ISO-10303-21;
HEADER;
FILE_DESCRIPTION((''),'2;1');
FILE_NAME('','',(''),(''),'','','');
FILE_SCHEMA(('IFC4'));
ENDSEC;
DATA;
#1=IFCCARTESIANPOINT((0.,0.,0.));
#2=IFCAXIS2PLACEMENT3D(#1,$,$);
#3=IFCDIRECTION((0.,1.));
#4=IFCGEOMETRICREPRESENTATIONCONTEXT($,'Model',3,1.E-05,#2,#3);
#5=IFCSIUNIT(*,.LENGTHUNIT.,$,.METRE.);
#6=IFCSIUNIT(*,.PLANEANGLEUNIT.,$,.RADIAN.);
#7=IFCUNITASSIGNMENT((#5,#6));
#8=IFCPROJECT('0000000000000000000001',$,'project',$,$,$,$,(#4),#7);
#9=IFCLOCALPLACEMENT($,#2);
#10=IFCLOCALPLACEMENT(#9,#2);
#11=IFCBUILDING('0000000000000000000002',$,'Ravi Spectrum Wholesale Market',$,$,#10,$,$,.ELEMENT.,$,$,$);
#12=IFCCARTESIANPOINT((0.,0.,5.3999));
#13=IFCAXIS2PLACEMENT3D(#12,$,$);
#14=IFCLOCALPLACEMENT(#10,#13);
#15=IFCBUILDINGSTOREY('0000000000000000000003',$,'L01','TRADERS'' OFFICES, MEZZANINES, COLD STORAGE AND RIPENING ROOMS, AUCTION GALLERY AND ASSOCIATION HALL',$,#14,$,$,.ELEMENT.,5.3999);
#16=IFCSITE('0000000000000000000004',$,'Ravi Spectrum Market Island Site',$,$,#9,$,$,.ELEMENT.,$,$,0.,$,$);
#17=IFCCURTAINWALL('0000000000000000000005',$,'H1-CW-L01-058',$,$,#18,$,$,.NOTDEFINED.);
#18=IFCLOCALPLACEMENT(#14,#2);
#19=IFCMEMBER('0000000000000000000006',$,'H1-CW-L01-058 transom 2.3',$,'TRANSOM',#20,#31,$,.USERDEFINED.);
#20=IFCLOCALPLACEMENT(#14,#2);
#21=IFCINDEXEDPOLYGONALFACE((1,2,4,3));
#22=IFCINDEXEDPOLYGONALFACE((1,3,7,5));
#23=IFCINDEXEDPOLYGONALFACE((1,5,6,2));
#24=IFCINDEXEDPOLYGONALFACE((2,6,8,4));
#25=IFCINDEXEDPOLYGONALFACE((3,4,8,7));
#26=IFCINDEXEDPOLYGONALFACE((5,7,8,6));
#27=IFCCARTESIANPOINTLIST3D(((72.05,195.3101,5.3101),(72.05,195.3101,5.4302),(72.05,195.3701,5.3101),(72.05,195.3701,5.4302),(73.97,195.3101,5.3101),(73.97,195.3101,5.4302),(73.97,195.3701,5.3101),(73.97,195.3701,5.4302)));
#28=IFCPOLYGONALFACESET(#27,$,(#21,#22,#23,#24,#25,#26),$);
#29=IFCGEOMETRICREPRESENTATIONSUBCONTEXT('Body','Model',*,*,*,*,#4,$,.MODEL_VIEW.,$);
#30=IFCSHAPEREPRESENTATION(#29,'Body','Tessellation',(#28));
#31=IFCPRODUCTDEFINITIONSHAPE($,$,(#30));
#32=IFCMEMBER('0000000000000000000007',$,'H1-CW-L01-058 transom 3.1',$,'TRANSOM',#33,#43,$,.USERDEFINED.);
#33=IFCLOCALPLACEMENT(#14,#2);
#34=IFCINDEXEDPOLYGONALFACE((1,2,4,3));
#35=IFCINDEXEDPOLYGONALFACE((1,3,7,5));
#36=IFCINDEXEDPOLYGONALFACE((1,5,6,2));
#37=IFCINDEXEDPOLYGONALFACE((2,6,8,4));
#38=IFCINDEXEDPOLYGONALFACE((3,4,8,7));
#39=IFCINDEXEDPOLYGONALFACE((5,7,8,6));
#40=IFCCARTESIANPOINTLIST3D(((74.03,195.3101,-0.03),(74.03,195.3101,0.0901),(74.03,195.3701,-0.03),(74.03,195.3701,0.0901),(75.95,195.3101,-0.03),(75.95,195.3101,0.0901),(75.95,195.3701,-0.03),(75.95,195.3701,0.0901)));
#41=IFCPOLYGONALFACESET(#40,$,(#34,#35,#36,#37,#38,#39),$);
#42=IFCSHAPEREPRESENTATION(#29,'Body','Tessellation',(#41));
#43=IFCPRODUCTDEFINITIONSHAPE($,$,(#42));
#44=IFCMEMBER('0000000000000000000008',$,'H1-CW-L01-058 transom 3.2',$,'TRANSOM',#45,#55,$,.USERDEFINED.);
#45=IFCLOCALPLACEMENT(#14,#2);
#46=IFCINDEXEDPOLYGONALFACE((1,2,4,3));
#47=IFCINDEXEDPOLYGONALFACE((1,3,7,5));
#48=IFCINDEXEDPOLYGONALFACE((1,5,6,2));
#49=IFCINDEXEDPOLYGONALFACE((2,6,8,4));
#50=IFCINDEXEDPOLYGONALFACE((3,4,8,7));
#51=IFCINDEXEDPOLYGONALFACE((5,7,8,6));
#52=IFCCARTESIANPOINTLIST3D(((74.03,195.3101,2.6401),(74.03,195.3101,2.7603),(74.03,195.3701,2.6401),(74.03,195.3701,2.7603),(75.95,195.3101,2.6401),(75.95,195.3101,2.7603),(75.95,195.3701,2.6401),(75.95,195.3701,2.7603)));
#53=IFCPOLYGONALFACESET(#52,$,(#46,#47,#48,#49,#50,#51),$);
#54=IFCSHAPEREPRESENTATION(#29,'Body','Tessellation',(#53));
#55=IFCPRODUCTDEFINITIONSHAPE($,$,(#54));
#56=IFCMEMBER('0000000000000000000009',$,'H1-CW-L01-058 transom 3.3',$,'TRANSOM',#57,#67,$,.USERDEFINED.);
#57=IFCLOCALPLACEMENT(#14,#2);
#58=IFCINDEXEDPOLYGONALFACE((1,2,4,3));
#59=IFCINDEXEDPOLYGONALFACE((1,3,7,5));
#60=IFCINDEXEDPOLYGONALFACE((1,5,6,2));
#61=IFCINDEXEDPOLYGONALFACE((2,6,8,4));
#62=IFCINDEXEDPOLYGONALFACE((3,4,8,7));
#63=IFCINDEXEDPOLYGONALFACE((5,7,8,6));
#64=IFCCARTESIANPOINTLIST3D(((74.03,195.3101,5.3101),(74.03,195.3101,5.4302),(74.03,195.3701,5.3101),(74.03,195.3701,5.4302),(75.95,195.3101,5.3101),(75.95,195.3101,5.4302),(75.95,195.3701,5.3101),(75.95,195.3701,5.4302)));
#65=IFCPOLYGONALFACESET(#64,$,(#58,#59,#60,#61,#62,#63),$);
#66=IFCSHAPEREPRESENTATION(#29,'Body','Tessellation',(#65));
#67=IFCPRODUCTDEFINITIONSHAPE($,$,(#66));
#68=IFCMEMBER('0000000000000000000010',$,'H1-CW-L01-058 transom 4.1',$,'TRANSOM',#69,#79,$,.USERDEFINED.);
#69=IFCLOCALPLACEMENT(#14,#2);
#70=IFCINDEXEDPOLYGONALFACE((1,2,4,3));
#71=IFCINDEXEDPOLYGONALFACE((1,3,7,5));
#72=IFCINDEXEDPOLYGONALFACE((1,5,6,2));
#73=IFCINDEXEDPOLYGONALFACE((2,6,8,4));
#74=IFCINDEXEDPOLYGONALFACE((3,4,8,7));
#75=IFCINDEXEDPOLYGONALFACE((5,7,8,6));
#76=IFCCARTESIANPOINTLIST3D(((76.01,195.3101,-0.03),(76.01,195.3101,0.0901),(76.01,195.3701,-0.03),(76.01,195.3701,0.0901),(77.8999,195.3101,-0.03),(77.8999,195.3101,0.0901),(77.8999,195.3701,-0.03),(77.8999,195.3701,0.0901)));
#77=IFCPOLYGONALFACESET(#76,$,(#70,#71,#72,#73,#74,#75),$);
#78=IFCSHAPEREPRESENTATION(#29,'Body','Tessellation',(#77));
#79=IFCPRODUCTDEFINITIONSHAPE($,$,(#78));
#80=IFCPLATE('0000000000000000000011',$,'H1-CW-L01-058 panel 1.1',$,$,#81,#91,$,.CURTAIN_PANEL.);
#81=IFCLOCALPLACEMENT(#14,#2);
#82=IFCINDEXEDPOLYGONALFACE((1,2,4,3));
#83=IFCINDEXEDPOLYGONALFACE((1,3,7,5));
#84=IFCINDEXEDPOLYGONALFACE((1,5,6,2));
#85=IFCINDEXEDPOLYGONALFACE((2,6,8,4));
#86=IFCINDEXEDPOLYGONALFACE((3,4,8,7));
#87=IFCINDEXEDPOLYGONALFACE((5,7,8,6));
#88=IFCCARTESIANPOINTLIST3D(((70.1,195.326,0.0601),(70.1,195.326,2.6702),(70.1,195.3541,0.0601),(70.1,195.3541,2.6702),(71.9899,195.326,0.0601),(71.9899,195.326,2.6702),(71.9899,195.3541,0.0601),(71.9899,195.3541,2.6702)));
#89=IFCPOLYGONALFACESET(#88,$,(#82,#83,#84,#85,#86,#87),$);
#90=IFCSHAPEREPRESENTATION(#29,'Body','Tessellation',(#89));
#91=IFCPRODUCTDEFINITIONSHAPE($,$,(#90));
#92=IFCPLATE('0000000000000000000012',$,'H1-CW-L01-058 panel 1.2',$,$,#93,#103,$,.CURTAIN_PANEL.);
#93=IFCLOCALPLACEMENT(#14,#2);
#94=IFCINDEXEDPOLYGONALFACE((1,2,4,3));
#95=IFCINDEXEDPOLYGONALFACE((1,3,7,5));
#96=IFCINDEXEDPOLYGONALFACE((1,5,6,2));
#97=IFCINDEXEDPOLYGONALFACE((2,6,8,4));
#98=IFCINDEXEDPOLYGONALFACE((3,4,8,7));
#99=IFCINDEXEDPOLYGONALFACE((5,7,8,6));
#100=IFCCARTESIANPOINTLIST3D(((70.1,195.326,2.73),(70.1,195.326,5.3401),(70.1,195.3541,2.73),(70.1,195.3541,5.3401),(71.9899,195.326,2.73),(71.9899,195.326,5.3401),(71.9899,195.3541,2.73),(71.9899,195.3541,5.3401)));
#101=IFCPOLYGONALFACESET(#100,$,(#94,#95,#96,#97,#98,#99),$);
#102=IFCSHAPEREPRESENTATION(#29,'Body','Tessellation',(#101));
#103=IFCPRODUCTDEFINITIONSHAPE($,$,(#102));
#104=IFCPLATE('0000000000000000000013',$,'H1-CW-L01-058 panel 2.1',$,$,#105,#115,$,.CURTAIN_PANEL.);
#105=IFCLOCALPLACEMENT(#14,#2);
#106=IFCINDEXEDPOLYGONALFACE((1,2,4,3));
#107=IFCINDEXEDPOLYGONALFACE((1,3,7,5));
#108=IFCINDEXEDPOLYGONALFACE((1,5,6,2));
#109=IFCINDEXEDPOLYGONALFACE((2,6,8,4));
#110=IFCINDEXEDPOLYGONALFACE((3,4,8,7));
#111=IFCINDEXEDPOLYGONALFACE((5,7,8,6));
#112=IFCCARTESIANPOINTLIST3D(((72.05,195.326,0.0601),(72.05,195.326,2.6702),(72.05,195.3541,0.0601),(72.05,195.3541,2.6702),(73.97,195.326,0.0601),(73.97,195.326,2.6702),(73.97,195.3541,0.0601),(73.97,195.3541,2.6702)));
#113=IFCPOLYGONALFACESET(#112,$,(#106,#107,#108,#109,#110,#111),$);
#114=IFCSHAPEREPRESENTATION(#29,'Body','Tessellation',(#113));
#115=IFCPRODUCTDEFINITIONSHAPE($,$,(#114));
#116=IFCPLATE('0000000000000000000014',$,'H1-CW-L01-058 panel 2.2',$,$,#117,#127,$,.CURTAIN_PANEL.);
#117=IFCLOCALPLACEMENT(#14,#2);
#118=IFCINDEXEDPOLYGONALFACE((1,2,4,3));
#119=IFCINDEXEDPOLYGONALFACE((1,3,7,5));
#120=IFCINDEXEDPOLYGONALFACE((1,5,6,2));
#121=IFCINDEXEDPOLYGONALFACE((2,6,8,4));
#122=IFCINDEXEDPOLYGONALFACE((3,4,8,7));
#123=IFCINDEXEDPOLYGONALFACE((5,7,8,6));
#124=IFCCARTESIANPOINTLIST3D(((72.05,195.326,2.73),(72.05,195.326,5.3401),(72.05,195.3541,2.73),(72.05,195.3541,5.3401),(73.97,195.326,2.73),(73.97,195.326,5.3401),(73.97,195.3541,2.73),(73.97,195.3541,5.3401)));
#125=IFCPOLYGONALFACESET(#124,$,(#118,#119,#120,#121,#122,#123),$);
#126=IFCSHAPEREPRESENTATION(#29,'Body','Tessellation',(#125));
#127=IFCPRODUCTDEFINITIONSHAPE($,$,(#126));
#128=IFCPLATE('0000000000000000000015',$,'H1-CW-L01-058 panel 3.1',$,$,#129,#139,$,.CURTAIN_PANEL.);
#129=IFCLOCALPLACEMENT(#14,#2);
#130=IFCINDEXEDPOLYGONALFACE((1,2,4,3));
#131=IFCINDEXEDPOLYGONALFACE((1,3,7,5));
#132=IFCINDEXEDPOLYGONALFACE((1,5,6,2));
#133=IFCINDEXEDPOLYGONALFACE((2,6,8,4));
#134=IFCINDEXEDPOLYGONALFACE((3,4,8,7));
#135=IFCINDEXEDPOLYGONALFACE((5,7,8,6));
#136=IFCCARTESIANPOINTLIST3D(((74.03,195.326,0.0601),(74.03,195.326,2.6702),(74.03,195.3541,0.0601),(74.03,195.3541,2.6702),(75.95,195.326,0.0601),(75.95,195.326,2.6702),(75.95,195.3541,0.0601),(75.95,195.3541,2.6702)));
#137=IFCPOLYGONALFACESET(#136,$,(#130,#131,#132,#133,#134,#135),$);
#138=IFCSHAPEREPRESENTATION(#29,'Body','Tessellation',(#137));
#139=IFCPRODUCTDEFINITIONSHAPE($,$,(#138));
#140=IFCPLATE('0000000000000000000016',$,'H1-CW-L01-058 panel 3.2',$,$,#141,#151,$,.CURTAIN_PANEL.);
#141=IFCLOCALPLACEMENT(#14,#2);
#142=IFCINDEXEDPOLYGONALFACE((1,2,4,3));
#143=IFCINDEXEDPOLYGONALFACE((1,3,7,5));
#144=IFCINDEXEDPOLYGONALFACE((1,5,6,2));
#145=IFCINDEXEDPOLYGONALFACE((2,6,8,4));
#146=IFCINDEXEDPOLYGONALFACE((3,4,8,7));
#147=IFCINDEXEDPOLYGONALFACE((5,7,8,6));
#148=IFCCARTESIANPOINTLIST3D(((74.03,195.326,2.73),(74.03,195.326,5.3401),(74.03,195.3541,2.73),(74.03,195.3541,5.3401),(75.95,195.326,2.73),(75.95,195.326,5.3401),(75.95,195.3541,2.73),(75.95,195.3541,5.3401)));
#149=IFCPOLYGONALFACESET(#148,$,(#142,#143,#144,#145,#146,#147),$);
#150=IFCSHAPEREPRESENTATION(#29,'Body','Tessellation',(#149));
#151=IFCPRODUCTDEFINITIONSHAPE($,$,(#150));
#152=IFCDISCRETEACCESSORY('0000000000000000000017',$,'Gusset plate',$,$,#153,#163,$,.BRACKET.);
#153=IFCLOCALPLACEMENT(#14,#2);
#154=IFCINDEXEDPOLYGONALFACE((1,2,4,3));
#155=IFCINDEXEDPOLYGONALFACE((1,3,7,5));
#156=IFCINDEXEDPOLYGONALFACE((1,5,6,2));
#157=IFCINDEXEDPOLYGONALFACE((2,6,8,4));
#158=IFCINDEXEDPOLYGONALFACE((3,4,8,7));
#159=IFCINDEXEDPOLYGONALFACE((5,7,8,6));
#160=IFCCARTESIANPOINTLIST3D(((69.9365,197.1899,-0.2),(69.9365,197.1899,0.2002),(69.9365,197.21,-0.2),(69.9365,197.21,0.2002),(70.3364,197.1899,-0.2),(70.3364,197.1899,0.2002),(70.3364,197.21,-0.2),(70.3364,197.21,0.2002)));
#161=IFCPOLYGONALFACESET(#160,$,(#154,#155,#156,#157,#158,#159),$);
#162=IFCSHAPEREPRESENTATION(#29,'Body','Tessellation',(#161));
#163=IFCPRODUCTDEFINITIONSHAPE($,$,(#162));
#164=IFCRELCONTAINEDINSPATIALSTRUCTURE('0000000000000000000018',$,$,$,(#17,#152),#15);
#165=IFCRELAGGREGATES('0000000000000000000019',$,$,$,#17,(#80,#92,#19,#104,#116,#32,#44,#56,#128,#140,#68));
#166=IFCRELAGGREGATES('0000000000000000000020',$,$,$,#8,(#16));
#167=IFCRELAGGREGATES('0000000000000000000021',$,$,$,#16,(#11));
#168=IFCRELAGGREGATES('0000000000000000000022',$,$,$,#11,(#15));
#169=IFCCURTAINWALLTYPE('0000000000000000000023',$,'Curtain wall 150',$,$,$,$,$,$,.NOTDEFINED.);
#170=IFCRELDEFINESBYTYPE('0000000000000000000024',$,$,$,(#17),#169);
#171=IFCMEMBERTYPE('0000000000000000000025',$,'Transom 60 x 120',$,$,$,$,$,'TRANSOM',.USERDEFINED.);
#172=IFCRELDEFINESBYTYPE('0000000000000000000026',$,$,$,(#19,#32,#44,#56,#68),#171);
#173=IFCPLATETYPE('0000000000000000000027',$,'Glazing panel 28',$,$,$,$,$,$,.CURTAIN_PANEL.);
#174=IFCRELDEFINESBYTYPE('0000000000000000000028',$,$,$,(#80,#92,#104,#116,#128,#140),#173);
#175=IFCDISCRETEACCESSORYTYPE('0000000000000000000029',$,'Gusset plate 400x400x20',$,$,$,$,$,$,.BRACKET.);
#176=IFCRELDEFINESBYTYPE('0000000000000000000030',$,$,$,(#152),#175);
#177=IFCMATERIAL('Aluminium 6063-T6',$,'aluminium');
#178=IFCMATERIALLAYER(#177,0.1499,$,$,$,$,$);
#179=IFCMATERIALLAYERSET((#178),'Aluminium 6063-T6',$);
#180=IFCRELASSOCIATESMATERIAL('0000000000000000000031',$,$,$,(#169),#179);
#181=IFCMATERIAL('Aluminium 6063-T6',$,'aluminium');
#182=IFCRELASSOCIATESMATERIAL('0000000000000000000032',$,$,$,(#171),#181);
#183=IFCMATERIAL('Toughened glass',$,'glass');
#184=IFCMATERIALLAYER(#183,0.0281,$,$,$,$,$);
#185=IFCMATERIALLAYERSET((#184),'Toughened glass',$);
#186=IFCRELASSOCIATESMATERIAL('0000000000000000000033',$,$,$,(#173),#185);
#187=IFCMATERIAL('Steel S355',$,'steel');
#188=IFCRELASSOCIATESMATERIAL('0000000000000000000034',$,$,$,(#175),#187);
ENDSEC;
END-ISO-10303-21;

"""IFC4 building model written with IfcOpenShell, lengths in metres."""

from ifc_helpers import new_model, si_unit, direction, frame, origin, origin_2d, place, context, subcontext, project, spatial, rectangle, extrude, material, layer, layer_set, material_profile, profile_set, type_object, element, aggregate, save


model = new_model("IFC4")

# Units and contexts
model_context = context("Model", 3, precision=1e-05, world=origin(), true_north=direction((0.0, 1.0)))
body_context = subcontext(model_context, "Body", "Model", "MODEL_VIEW")
ifc_project = project(units=[si_unit("LENGTHUNIT", "METRE"), si_unit("PLANEANGLEUNIT", "RADIAN")], contexts=[model_context])

# Site, building, storey
site_placement = place(None, origin())
site = spatial("IfcSite", under=ifc_project, at=site_placement, Name="Ravi Spectrum Market Island Site", CompositionType="ELEMENT", RefElevation=0.0)
building_placement = place(site_placement, origin())
building = spatial("IfcBuilding", under=site, at=building_placement, Name="Ravi Spectrum Wholesale Market", CompositionType="ELEMENT")
storey_placement = place(building_placement, frame((0.0, 0.0, 5.3999)))
storey = spatial("IfcBuildingStorey", under=building, at=storey_placement, Name="L01", Description="TRADERS' OFFICES, MEZZANINES, COLD STORAGE AND RIPENING ROOMS, AUCTION GALLERY AND ASSOCIATION HALL", CompositionType="ELEMENT", Elevation=5.3999)

# Curtain wall
ifc_material_1 = material(Name="Aluminium 6063-T6", Category="aluminium")
ifc_layer_1 = layer(ifc_material_1, 0.1499)
ifc_layer_set_1 = layer_set([ifc_layer_1], Name="Aluminium 6063-T6")
curtain_wall_type = type_object("IfcCurtainWallType", Name="Curtain wall 150", PredefinedType="NOTDEFINED", material=ifc_layer_set_1)
curtain_wall_placement = place(storey_placement, origin())
curtain_wall = element("IfcCurtainWall", 1, at=curtain_wall_placement, inside=storey, type_object=curtain_wall_type, Name="H1-CW-L01-058", PredefinedType="NOTDEFINED")

# Members
ifc_material_2 = material(Name="Aluminium 6063-T6", Category="aluminium")
ifc_material_profile_1 = material_profile(ifc_material_2, rectangle(XDim=0.0601, YDim=0.1201, at=origin_2d()))
ifc_profile_set_1 = profile_set([ifc_material_profile_1], Name="Aluminium 6063-T6")
member_type_1 = type_object("IfcMemberType", Name="Transom 60 x 120", ElementType="TRANSOM", PredefinedType="USERDEFINED", material=ifc_profile_set_1)
member_1_placement = place(storey_placement, frame((72.05, 195.3401, 5.3701), z_axis=(1.0, 0.0, 0.0), x_axis=(0.0, 1.0, 0.0)))
member_1 = element("IfcMember", 2, at=member_1_placement, type_object=member_type_1, Name="H1-CW-L01-058 transom 2.3", ObjectType="TRANSOM", PredefinedType="USERDEFINED", context=body_context, shape_type="SweptSolid", body=[
    extrude(rectangle(XDim=0.0601, YDim=0.1201, at=origin_2d()), origin(), (0.0, 0.0, 1.0), 1.9199),
])
member_2_placement = place(storey_placement, frame((74.03, 195.3401, 0.03), z_axis=(1.0, 0.0, 0.0), x_axis=(0.0, 1.0, 0.0)))
member_2 = element("IfcMember", 3, at=member_2_placement, type_object=member_type_1, Name="H1-CW-L01-058 transom 3.1", ObjectType="TRANSOM", PredefinedType="USERDEFINED", context=body_context, shape_type="SweptSolid", body=[
    extrude(rectangle(XDim=0.0601, YDim=0.1201, at=origin_2d()), origin(), (0.0, 0.0, 1.0), 1.9199),
])
member_3_placement = place(storey_placement, frame((74.03, 195.3401, 2.7002), z_axis=(1.0, 0.0, 0.0), x_axis=(0.0, 1.0, 0.0)))
member_3 = element("IfcMember", 4, at=member_3_placement, type_object=member_type_1, Name="H1-CW-L01-058 transom 3.2", ObjectType="TRANSOM", PredefinedType="USERDEFINED", context=body_context, shape_type="SweptSolid", body=[
    extrude(rectangle(XDim=0.0601, YDim=0.1201, at=origin_2d()), origin(), (0.0, 0.0, 1.0), 1.9199),
])
member_4_placement = place(storey_placement, frame((74.03, 195.3401, 5.3701), z_axis=(1.0, 0.0, 0.0), x_axis=(0.0, 1.0, 0.0)))
member_4 = element("IfcMember", 5, at=member_4_placement, type_object=member_type_1, Name="H1-CW-L01-058 transom 3.3", ObjectType="TRANSOM", PredefinedType="USERDEFINED", context=body_context, shape_type="SweptSolid", body=[
    extrude(rectangle(XDim=0.0601, YDim=0.1201, at=origin_2d()), origin(), (0.0, 0.0, 1.0), 1.9199),
])
member_5_placement = place(storey_placement, frame((76.01, 195.3401, 0.03), z_axis=(1.0, 0.0, 0.0), x_axis=(0.0, 1.0, 0.0)))
member_5 = element("IfcMember", 6, at=member_5_placement, type_object=member_type_1, Name="H1-CW-L01-058 transom 4.1", ObjectType="TRANSOM", PredefinedType="USERDEFINED", context=body_context, shape_type="SweptSolid", body=[
    extrude(rectangle(XDim=0.0601, YDim=0.1201, at=origin_2d()), origin(), (0.0, 0.0, 1.0), 1.8899),
])

# Plates
ifc_material_3 = material(Name="Toughened glass", Category="glass")
ifc_layer_2 = layer(ifc_material_3, 0.0281)
ifc_layer_set_2 = layer_set([ifc_layer_2], Name="Toughened glass")
plate_type = type_object("IfcPlateType", Name="Glazing panel 28", PredefinedType="CURTAIN_PANEL", material=ifc_layer_set_2)
plate_1_placement = place(storey_placement, frame((71.0449, 195.3401, 0.0601), z_axis=(0.0, 0.0, 1.0), x_axis=(1.0, 0.0, 0.0)))
plate_1 = element("IfcPlate", 7, at=plate_1_placement, type_object=plate_type, Name="H1-CW-L01-058 panel 1.1", PredefinedType="CURTAIN_PANEL", context=body_context, shape_type="SweptSolid", body=[
    extrude(rectangle(XDim=1.8899, YDim=0.0281, at=origin_2d()), origin(), (0.0, 0.0, 1.0), 2.6101),
])
plate_2_placement = place(storey_placement, frame((71.0449, 195.3401, 2.73), z_axis=(0.0, 0.0, 1.0), x_axis=(1.0, 0.0, 0.0)))
plate_2 = element("IfcPlate", 8, at=plate_2_placement, type_object=plate_type, Name="H1-CW-L01-058 panel 1.2", PredefinedType="CURTAIN_PANEL", context=body_context, shape_type="SweptSolid", body=[
    extrude(rectangle(XDim=1.8899, YDim=0.0281, at=origin_2d()), origin(), (0.0, 0.0, 1.0), 2.6101),
])
plate_3_placement = place(storey_placement, frame((73.01, 195.3401, 0.0601), z_axis=(0.0, 0.0, 1.0), x_axis=(1.0, 0.0, 0.0)))
plate_3 = element("IfcPlate", 9, at=plate_3_placement, type_object=plate_type, Name="H1-CW-L01-058 panel 2.1", PredefinedType="CURTAIN_PANEL", context=body_context, shape_type="SweptSolid", body=[
    extrude(rectangle(XDim=1.9199, YDim=0.0281, at=origin_2d()), origin(), (0.0, 0.0, 1.0), 2.6101),
])
plate_4_placement = place(storey_placement, frame((73.01, 195.3401, 2.73), z_axis=(0.0, 0.0, 1.0), x_axis=(1.0, 0.0, 0.0)))
plate_4 = element("IfcPlate", 10, at=plate_4_placement, type_object=plate_type, Name="H1-CW-L01-058 panel 2.2", PredefinedType="CURTAIN_PANEL", context=body_context, shape_type="SweptSolid", body=[
    extrude(rectangle(XDim=1.9199, YDim=0.0281, at=origin_2d()), origin(), (0.0, 0.0, 1.0), 2.6101),
])
plate_5_placement = place(storey_placement, frame((74.99, 195.3401, 0.0601), z_axis=(0.0, 0.0, 1.0), x_axis=(1.0, 0.0, 0.0)))
plate_5 = element("IfcPlate", 11, at=plate_5_placement, type_object=plate_type, Name="H1-CW-L01-058 panel 3.1", PredefinedType="CURTAIN_PANEL", context=body_context, shape_type="SweptSolid", body=[
    extrude(rectangle(XDim=1.9199, YDim=0.0281, at=origin_2d()), origin(), (0.0, 0.0, 1.0), 2.6101),
])
plate_6_placement = place(storey_placement, frame((74.99, 195.3401, 2.73), z_axis=(0.0, 0.0, 1.0), x_axis=(1.0, 0.0, 0.0)))
plate_6 = element("IfcPlate", 12, at=plate_6_placement, type_object=plate_type, Name="H1-CW-L01-058 panel 3.2", PredefinedType="CURTAIN_PANEL", context=body_context, shape_type="SweptSolid", body=[
    extrude(rectangle(XDim=1.9199, YDim=0.0281, at=origin_2d()), origin(), (0.0, 0.0, 1.0), 2.6101),
])
aggregate(curtain_wall, [plate_1, plate_2, member_1, plate_3, plate_4, member_2, member_3, member_4, plate_5, plate_6, member_5])

# Discrete accessory
ifc_material_4 = material(Name="Steel S355", Category="steel")
ifc_material_profile_2 = material_profile(ifc_material_4, rectangle(XDim=0.3999, YDim=0.02, at=origin_2d()))
ifc_profile_set_2 = profile_set([ifc_material_profile_2], Name="Steel S355")
discrete_accessory_type = type_object("IfcDiscreteAccessoryType", Name="Gusset plate 400x400x20", PredefinedType="BRACKET", material=ifc_profile_set_2)
discrete_accessory_placement = place(storey_placement, frame((70.1365, 197.2, -0.2), z_axis=(0.0, 0.0, 1.0), x_axis=(1.0, 0.0, 0.0)))
element("IfcDiscreteAccessory", 13, at=discrete_accessory_placement, inside=storey, type_object=discrete_accessory_type, Name="Gusset plate", PredefinedType="BRACKET", context=body_context, shape_type="SweptSolid", body=[
    extrude(rectangle(XDim=0.3999, YDim=0.02, at=origin_2d()), origin(), (0.0, 0.0, 1.0), 0.4001),
])

save(model, "model.ifc")
